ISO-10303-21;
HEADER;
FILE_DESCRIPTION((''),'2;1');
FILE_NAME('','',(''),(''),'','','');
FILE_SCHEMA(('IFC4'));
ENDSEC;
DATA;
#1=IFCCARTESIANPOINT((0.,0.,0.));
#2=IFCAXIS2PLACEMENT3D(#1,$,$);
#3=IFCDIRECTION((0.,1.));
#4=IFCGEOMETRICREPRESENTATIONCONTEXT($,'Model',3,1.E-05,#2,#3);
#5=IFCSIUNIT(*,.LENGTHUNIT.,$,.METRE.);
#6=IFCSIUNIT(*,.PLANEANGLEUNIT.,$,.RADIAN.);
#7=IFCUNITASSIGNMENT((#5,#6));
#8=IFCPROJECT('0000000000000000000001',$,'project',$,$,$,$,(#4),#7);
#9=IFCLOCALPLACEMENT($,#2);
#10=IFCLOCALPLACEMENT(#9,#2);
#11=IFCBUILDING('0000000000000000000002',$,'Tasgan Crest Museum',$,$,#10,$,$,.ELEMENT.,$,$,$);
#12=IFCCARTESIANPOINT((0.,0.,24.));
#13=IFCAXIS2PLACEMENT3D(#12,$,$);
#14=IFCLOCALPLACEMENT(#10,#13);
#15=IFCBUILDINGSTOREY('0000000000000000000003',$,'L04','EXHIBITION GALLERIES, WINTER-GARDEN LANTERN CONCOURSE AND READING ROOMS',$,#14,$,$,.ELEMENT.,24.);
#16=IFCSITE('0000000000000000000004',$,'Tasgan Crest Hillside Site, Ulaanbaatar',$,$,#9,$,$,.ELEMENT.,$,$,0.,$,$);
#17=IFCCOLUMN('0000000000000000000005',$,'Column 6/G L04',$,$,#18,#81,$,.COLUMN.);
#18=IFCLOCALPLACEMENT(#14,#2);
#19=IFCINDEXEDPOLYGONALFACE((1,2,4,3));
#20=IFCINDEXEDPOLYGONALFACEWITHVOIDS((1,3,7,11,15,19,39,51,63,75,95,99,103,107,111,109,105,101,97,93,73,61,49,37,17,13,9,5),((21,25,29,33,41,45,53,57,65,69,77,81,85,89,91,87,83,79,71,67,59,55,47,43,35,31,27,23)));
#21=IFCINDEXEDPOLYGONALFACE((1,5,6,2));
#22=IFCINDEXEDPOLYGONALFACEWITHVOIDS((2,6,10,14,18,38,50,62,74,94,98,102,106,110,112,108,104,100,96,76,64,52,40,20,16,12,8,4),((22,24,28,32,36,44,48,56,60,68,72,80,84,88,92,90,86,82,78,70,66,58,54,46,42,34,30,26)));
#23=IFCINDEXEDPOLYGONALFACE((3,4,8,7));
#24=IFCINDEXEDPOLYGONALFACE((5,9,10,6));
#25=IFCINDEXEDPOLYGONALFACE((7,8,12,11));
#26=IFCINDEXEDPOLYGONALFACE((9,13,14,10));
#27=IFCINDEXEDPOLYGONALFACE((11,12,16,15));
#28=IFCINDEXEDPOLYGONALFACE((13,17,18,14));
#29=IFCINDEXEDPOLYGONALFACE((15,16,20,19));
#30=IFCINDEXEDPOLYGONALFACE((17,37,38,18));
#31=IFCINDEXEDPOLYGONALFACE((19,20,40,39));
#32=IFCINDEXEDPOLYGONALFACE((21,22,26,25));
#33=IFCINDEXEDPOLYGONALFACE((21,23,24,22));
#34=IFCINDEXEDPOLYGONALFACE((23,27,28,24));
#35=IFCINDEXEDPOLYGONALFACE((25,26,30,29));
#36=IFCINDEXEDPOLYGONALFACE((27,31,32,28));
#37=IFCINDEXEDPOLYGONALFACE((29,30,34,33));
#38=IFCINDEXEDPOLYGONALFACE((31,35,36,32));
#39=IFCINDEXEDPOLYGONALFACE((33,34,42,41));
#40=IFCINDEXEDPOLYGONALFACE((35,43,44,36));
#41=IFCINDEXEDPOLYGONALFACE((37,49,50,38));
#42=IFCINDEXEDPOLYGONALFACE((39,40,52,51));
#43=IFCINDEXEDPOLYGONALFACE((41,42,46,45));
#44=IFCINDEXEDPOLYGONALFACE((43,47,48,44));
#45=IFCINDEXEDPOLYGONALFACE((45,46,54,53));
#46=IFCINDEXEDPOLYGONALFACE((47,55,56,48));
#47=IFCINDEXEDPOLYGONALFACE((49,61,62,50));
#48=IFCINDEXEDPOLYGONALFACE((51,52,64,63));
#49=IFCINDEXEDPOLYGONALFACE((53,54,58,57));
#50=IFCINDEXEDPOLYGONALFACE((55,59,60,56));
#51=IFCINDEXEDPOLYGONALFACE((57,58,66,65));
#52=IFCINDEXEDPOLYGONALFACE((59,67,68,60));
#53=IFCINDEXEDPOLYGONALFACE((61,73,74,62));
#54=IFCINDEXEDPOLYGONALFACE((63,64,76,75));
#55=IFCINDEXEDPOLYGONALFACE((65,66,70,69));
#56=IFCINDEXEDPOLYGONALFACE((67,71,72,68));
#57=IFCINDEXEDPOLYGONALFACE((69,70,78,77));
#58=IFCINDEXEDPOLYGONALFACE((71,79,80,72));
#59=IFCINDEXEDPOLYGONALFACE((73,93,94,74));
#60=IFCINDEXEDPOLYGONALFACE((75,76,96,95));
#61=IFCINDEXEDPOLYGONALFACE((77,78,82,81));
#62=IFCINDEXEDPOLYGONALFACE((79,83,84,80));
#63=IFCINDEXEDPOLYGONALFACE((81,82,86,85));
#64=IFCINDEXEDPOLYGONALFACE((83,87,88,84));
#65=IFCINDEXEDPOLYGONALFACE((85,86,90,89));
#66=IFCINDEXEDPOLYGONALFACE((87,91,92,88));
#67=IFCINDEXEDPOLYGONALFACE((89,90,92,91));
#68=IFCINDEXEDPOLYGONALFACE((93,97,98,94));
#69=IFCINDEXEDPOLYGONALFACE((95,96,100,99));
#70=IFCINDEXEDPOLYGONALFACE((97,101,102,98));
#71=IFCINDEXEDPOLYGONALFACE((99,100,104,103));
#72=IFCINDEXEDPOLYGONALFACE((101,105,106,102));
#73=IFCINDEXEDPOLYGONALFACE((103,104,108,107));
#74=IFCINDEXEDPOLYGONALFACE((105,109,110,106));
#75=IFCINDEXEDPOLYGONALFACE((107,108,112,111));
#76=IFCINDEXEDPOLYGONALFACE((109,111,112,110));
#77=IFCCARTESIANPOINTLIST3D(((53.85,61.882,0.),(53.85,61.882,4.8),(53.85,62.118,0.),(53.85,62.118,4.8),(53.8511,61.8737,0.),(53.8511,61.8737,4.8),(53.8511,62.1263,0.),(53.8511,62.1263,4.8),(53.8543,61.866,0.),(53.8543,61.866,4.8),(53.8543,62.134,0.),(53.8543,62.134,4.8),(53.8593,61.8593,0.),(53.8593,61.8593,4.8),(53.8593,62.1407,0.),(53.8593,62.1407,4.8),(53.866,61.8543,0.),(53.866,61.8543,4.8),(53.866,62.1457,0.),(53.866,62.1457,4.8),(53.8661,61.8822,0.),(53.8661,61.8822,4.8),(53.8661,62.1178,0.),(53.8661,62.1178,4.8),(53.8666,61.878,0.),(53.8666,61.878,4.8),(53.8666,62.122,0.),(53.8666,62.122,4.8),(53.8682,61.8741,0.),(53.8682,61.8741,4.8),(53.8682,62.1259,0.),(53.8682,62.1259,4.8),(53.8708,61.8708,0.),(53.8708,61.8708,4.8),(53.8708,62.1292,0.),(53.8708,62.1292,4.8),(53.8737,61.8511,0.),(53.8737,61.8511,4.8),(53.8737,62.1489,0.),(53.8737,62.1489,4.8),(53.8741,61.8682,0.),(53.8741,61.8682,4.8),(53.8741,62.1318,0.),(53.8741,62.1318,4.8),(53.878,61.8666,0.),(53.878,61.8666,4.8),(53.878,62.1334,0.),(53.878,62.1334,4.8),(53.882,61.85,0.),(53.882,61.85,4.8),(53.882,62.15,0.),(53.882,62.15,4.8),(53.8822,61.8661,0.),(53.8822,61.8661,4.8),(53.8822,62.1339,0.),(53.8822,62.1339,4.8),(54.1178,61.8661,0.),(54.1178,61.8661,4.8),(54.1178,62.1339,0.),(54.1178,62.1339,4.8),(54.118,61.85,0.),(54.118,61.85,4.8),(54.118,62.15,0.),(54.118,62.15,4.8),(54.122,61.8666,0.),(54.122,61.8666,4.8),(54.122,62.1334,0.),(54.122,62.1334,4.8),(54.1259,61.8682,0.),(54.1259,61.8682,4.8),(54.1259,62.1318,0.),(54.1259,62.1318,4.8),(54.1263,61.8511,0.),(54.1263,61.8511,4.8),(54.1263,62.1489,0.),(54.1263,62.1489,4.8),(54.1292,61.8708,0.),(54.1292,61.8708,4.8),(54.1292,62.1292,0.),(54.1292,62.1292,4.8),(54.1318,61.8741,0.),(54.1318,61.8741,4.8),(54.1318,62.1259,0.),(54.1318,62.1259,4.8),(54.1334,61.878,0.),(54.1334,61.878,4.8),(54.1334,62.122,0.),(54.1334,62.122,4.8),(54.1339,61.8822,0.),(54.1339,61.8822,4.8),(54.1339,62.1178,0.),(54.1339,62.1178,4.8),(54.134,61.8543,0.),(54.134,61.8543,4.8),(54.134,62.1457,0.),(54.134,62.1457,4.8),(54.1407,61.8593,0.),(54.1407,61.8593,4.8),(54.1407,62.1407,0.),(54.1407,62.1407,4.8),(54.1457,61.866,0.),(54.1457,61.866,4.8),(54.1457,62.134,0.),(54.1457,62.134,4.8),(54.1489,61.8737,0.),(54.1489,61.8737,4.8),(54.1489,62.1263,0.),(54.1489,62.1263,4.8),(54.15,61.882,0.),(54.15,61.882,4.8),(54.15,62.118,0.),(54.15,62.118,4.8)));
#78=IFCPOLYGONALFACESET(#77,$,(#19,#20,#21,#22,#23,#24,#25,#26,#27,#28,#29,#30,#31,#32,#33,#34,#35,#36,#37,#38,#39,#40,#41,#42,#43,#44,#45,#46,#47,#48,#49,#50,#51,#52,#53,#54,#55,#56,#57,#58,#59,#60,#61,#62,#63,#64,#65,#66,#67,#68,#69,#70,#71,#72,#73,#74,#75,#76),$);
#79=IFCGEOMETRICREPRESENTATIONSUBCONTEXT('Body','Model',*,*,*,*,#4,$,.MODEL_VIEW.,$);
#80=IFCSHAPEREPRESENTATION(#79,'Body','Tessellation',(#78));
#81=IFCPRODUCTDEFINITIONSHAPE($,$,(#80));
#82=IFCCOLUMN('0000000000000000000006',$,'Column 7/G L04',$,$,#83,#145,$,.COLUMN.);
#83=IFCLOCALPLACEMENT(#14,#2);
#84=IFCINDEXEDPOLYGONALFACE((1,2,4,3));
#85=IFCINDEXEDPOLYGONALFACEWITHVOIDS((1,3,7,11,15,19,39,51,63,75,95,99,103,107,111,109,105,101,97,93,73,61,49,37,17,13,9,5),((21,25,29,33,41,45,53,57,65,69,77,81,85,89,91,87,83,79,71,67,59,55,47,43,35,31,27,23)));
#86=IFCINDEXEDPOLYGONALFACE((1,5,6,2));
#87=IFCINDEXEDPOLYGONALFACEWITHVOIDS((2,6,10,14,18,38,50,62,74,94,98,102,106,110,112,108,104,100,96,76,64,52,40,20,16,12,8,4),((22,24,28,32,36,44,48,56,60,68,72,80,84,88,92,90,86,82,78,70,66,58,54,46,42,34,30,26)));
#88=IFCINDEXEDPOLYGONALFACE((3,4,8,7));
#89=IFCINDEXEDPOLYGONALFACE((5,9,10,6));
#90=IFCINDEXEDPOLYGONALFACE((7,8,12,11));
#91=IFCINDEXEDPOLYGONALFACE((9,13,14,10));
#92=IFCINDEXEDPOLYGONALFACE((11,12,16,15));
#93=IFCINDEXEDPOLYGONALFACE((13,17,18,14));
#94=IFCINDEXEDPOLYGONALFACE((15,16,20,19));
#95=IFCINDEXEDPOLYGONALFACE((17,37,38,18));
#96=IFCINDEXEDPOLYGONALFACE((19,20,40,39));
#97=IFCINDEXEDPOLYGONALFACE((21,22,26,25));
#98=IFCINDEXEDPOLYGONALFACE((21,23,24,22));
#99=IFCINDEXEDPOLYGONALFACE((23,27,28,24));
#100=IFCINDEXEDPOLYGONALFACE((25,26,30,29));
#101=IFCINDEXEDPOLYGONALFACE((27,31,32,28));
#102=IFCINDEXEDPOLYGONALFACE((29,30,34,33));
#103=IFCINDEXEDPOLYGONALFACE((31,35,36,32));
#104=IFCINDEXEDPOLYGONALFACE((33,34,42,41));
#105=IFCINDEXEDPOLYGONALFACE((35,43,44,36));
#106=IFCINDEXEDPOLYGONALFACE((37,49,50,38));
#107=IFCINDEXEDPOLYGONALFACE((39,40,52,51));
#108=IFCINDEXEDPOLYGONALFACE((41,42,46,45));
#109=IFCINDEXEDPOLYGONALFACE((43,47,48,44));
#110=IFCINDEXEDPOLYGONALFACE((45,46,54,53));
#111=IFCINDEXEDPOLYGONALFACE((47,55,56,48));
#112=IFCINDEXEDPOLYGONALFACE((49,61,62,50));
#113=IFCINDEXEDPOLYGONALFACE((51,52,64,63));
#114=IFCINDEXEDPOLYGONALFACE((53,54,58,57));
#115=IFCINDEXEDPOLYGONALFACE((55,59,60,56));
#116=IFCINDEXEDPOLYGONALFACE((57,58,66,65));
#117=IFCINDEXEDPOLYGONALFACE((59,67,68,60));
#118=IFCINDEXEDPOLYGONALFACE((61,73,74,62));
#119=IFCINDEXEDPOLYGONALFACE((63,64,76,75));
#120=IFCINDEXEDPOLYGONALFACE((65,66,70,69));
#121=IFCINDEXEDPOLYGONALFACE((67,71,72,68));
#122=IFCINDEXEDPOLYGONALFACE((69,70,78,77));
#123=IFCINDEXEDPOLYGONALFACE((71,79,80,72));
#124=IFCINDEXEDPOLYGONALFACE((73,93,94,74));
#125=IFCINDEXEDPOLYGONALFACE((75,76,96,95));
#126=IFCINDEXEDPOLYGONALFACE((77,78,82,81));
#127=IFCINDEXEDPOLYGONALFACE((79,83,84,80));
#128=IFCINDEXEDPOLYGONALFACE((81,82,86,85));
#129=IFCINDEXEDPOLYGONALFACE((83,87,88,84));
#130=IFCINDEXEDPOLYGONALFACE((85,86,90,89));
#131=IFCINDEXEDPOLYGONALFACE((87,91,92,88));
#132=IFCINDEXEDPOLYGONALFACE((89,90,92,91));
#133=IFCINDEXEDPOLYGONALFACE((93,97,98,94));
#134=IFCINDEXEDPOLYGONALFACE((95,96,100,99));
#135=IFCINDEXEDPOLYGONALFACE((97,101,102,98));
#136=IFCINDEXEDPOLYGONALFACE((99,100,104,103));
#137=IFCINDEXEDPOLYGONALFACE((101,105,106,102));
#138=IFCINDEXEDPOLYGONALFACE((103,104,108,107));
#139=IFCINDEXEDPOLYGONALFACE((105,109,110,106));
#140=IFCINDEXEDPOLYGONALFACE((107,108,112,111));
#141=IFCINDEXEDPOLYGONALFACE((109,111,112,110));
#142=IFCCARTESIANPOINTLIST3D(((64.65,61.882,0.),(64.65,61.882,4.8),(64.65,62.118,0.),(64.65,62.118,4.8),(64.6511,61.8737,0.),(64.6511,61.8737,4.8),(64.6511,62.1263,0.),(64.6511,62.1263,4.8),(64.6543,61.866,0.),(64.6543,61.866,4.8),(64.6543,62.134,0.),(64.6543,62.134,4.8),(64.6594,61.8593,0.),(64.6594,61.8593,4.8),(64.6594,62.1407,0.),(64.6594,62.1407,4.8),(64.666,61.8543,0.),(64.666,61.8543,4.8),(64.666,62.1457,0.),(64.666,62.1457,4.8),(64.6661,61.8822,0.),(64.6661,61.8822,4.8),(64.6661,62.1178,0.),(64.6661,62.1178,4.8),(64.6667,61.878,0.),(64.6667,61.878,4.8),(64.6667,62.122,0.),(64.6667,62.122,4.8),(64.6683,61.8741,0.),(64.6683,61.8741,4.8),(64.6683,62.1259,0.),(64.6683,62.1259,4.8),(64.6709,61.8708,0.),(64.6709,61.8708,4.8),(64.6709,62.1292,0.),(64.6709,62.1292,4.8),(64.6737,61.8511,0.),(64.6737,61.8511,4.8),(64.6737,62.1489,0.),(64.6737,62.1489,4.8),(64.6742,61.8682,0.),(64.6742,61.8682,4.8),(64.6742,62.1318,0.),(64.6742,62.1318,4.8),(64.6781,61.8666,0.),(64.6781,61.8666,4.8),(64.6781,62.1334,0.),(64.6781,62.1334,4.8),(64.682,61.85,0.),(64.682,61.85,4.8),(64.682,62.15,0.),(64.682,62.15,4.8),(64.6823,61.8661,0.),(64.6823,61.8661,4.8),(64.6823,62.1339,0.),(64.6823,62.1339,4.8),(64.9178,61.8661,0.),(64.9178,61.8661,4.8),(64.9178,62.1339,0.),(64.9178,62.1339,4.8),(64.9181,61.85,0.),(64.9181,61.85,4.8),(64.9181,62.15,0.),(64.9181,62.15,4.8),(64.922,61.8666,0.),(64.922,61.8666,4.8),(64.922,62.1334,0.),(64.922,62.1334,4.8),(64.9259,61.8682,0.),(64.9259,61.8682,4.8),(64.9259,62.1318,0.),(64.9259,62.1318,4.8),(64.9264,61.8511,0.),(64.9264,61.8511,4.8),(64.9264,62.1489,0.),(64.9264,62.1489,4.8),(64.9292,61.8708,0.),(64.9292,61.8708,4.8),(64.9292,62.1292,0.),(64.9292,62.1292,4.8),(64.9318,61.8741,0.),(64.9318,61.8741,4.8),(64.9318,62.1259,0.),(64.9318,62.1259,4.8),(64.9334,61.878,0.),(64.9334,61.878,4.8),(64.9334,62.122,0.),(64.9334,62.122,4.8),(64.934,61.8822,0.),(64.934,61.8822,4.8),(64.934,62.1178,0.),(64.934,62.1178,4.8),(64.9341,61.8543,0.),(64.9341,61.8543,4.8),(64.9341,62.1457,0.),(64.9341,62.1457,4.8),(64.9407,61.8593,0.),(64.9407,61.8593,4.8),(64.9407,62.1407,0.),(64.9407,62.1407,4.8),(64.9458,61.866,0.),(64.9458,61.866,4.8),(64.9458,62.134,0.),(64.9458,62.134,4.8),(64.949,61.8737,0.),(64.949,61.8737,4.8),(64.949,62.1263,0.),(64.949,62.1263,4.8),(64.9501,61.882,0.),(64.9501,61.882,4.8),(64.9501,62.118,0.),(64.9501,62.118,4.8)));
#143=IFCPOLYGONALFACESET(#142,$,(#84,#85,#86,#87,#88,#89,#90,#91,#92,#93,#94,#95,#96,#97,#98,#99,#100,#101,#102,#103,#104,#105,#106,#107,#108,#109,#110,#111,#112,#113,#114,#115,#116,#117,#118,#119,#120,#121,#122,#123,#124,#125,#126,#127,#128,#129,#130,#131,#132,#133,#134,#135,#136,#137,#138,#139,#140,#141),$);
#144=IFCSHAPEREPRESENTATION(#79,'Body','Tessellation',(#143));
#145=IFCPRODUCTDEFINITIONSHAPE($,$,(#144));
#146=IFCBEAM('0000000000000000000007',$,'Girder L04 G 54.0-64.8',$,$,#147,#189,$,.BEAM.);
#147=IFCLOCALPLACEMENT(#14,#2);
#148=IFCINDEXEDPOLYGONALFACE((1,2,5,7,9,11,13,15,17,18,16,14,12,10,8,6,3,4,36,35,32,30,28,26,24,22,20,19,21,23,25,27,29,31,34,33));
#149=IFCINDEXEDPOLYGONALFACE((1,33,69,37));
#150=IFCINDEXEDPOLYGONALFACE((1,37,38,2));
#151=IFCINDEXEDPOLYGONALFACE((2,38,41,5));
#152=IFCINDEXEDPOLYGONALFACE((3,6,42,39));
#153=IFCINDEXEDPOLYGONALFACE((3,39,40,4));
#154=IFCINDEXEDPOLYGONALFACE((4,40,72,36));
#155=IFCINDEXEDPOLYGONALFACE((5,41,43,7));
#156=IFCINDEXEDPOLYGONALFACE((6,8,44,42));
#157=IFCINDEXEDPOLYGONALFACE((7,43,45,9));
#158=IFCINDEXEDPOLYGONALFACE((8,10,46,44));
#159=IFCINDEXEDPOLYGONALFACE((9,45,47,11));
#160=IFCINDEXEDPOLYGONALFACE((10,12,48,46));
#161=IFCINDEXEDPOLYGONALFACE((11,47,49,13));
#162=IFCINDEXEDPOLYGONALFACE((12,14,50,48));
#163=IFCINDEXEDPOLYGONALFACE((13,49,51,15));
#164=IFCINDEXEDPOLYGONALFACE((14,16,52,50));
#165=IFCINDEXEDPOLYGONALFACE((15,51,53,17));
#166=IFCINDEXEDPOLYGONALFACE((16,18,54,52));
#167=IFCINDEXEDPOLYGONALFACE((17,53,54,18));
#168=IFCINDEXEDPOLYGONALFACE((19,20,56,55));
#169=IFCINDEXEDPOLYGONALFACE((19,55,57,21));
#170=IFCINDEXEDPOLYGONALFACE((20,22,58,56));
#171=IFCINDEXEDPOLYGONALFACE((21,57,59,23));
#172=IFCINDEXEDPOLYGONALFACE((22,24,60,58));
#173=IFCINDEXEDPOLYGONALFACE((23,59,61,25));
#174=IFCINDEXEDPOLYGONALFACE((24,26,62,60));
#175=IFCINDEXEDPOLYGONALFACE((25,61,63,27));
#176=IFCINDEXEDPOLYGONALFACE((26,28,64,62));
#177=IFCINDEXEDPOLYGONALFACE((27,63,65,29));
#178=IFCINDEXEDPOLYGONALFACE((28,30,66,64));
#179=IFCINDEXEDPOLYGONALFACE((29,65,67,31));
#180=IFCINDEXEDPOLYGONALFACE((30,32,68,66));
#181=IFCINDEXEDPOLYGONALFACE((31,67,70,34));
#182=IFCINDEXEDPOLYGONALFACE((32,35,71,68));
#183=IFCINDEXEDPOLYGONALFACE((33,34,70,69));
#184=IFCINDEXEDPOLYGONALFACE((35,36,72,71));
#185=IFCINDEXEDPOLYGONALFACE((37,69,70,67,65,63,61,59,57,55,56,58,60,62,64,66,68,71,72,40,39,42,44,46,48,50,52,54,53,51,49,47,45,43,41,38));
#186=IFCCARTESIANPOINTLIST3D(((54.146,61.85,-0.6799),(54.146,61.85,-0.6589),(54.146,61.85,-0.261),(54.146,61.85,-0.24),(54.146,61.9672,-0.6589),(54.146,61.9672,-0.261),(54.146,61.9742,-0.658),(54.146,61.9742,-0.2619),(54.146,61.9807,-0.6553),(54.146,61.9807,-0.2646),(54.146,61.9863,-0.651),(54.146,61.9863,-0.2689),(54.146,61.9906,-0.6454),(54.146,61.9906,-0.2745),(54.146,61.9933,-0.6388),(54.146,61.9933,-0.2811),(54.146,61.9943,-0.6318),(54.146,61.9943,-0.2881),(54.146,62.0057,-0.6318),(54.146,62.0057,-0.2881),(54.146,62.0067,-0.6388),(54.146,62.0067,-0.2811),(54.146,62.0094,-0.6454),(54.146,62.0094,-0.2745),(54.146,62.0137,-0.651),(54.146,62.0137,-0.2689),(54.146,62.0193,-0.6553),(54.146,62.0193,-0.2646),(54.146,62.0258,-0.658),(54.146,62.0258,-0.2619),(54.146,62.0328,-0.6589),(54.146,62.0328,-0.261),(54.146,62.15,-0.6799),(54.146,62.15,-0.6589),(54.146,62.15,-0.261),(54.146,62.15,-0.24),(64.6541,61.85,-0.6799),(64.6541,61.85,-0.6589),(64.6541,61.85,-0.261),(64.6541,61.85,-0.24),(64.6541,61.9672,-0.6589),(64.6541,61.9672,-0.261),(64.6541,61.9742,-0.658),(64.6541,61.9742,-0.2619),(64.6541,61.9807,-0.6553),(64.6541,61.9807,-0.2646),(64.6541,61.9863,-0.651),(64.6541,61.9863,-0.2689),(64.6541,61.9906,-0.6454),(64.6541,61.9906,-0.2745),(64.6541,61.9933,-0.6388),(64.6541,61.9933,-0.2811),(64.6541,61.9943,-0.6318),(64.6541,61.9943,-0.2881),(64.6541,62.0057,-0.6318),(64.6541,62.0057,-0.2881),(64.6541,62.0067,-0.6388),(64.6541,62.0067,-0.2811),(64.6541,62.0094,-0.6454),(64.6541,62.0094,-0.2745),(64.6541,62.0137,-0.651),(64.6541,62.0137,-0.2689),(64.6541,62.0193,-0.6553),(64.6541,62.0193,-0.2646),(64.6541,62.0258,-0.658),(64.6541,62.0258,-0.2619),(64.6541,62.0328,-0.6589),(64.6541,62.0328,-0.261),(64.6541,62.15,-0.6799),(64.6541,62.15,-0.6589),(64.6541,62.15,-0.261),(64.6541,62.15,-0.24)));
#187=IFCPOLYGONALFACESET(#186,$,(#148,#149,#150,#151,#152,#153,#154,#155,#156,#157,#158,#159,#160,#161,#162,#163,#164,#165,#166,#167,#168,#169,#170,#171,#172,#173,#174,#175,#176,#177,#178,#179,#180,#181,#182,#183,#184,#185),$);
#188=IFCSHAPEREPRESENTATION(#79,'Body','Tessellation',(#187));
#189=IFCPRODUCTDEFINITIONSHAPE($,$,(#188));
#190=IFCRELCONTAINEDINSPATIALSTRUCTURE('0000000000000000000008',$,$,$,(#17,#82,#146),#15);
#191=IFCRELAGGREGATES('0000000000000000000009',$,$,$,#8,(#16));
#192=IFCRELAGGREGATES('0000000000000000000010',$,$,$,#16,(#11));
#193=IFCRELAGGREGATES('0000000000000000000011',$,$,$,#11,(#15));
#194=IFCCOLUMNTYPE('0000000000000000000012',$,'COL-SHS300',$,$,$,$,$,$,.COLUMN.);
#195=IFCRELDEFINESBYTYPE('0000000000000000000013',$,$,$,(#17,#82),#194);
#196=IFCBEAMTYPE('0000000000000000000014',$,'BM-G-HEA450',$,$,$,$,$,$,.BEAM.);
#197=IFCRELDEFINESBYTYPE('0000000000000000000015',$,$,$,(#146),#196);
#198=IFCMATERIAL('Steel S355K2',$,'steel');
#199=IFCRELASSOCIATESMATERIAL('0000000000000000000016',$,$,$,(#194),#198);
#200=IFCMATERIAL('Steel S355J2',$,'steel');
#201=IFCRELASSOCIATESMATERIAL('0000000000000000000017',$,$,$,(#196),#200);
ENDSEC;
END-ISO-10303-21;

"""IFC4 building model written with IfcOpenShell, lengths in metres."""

from ifc_helpers import new_model, si_unit, direction, frame, origin, origin_2d, place, context, subcontext, project, spatial, hollow_rectangle, i_section, extrude, material, material_profile, profile_set, type_object, element, save


model = new_model("IFC4")

# Units and contexts
model_context = context("Model", 3, precision=1e-05, world=origin(), true_north=direction((0.0, 1.0)))
body_context = subcontext(model_context, "Body", "Model", "MODEL_VIEW")
ifc_project = project(units=[si_unit("LENGTHUNIT", "METRE"), si_unit("PLANEANGLEUNIT", "RADIAN")], contexts=[model_context])

# Site, building, storey
site_placement = place(None, origin())
site = spatial("IfcSite", under=ifc_project, at=site_placement, Name="Tasgan Crest Hillside Site, Ulaanbaatar", CompositionType="ELEMENT", RefElevation=0.0)
building_placement = place(site_placement, origin())
building = spatial("IfcBuilding", under=site, at=building_placement, Name="Tasgan Crest Museum", CompositionType="ELEMENT")
storey_placement = place(building_placement, frame((0.0, 0.0, 24.0)))
storey = spatial("IfcBuildingStorey", under=building, at=storey_placement, Name="L04", Description="EXHIBITION GALLERIES, WINTER-GARDEN LANTERN CONCOURSE AND READING ROOMS", CompositionType="ELEMENT", Elevation=24.0)

# Columns
ifc_material_1 = material(Name="Steel S355K2", Category="steel")
ifc_material_profile_1 = material_profile(ifc_material_1, hollow_rectangle(XDim=0.3, YDim=0.3, WallThickness=0.0161, InnerFilletRadius=0.0161, OuterFilletRadius=0.032, at=origin_2d()), Name="SHS 300x300x16")
ifc_profile_set_1 = profile_set([ifc_material_profile_1], Name="Steel S355K2")
column_type = type_object("IfcColumnType", Name="COL-SHS300", PredefinedType="COLUMN", material=ifc_profile_set_1)
for number, where, z_axis, x_axis, name in (
    (1, (54.0, 62.0, 0.0), (0.0, 0.0, 1.0), (1.0, 0.0, 0.0), "Column 6/G L04"),
    (2, (64.8, 62.0, 0.0), (0.0, 0.0, 1.0), (1.0, 0.0, 0.0), "Column 7/G L04"),
):
    element("IfcColumn", number, at=place(storey_placement, frame(where, z_axis=z_axis, x_axis=x_axis)), inside=storey, type_object=column_type, Name=name, PredefinedType="COLUMN", context=body_context, shape_type="SweptSolid", body=[
        extrude(hollow_rectangle(XDim=0.3, YDim=0.3, WallThickness=0.0161, InnerFilletRadius=0.0161, OuterFilletRadius=0.032, at=origin_2d()), origin(), (0.0, 0.0, 1.0), 4.8),
    ])

# Beam
ifc_material_2 = material(Name="Steel S355J2", Category="steel")
ifc_material_profile_2 = material_profile(ifc_material_2, i_section(OverallWidth=0.3, OverallDepth=0.4399, WebThickness=0.0115, FlangeThickness=0.021, FilletRadius=0.0271, at=origin_2d()), Name="HEA 450")
ifc_profile_set_2 = profile_set([ifc_material_profile_2], Name="Steel S355J2")
beam_type_1 = type_object("IfcBeamType", Name="BM-G-HEA450", PredefinedType="BEAM", material=ifc_profile_set_2)
beam_placement = place(storey_placement, frame((54.146, 62.0, -0.46), z_axis=(1.0, 0.0, 0.0), x_axis=(0.0, 1.0, 0.0)))
element("IfcBeam", 3, at=beam_placement, inside=storey, type_object=beam_type_1, Name="Girder L04 G 54.0-64.8", PredefinedType="BEAM", context=body_context, shape_type="SweptSolid", body=[
    extrude(i_section(OverallWidth=0.3, OverallDepth=0.4399, WebThickness=0.0115, FlangeThickness=0.021, FilletRadius=0.0271, at=origin_2d()), origin(), (0.0, 0.0, 1.0), 10.5081),
])

save(model, "model.ifc")
